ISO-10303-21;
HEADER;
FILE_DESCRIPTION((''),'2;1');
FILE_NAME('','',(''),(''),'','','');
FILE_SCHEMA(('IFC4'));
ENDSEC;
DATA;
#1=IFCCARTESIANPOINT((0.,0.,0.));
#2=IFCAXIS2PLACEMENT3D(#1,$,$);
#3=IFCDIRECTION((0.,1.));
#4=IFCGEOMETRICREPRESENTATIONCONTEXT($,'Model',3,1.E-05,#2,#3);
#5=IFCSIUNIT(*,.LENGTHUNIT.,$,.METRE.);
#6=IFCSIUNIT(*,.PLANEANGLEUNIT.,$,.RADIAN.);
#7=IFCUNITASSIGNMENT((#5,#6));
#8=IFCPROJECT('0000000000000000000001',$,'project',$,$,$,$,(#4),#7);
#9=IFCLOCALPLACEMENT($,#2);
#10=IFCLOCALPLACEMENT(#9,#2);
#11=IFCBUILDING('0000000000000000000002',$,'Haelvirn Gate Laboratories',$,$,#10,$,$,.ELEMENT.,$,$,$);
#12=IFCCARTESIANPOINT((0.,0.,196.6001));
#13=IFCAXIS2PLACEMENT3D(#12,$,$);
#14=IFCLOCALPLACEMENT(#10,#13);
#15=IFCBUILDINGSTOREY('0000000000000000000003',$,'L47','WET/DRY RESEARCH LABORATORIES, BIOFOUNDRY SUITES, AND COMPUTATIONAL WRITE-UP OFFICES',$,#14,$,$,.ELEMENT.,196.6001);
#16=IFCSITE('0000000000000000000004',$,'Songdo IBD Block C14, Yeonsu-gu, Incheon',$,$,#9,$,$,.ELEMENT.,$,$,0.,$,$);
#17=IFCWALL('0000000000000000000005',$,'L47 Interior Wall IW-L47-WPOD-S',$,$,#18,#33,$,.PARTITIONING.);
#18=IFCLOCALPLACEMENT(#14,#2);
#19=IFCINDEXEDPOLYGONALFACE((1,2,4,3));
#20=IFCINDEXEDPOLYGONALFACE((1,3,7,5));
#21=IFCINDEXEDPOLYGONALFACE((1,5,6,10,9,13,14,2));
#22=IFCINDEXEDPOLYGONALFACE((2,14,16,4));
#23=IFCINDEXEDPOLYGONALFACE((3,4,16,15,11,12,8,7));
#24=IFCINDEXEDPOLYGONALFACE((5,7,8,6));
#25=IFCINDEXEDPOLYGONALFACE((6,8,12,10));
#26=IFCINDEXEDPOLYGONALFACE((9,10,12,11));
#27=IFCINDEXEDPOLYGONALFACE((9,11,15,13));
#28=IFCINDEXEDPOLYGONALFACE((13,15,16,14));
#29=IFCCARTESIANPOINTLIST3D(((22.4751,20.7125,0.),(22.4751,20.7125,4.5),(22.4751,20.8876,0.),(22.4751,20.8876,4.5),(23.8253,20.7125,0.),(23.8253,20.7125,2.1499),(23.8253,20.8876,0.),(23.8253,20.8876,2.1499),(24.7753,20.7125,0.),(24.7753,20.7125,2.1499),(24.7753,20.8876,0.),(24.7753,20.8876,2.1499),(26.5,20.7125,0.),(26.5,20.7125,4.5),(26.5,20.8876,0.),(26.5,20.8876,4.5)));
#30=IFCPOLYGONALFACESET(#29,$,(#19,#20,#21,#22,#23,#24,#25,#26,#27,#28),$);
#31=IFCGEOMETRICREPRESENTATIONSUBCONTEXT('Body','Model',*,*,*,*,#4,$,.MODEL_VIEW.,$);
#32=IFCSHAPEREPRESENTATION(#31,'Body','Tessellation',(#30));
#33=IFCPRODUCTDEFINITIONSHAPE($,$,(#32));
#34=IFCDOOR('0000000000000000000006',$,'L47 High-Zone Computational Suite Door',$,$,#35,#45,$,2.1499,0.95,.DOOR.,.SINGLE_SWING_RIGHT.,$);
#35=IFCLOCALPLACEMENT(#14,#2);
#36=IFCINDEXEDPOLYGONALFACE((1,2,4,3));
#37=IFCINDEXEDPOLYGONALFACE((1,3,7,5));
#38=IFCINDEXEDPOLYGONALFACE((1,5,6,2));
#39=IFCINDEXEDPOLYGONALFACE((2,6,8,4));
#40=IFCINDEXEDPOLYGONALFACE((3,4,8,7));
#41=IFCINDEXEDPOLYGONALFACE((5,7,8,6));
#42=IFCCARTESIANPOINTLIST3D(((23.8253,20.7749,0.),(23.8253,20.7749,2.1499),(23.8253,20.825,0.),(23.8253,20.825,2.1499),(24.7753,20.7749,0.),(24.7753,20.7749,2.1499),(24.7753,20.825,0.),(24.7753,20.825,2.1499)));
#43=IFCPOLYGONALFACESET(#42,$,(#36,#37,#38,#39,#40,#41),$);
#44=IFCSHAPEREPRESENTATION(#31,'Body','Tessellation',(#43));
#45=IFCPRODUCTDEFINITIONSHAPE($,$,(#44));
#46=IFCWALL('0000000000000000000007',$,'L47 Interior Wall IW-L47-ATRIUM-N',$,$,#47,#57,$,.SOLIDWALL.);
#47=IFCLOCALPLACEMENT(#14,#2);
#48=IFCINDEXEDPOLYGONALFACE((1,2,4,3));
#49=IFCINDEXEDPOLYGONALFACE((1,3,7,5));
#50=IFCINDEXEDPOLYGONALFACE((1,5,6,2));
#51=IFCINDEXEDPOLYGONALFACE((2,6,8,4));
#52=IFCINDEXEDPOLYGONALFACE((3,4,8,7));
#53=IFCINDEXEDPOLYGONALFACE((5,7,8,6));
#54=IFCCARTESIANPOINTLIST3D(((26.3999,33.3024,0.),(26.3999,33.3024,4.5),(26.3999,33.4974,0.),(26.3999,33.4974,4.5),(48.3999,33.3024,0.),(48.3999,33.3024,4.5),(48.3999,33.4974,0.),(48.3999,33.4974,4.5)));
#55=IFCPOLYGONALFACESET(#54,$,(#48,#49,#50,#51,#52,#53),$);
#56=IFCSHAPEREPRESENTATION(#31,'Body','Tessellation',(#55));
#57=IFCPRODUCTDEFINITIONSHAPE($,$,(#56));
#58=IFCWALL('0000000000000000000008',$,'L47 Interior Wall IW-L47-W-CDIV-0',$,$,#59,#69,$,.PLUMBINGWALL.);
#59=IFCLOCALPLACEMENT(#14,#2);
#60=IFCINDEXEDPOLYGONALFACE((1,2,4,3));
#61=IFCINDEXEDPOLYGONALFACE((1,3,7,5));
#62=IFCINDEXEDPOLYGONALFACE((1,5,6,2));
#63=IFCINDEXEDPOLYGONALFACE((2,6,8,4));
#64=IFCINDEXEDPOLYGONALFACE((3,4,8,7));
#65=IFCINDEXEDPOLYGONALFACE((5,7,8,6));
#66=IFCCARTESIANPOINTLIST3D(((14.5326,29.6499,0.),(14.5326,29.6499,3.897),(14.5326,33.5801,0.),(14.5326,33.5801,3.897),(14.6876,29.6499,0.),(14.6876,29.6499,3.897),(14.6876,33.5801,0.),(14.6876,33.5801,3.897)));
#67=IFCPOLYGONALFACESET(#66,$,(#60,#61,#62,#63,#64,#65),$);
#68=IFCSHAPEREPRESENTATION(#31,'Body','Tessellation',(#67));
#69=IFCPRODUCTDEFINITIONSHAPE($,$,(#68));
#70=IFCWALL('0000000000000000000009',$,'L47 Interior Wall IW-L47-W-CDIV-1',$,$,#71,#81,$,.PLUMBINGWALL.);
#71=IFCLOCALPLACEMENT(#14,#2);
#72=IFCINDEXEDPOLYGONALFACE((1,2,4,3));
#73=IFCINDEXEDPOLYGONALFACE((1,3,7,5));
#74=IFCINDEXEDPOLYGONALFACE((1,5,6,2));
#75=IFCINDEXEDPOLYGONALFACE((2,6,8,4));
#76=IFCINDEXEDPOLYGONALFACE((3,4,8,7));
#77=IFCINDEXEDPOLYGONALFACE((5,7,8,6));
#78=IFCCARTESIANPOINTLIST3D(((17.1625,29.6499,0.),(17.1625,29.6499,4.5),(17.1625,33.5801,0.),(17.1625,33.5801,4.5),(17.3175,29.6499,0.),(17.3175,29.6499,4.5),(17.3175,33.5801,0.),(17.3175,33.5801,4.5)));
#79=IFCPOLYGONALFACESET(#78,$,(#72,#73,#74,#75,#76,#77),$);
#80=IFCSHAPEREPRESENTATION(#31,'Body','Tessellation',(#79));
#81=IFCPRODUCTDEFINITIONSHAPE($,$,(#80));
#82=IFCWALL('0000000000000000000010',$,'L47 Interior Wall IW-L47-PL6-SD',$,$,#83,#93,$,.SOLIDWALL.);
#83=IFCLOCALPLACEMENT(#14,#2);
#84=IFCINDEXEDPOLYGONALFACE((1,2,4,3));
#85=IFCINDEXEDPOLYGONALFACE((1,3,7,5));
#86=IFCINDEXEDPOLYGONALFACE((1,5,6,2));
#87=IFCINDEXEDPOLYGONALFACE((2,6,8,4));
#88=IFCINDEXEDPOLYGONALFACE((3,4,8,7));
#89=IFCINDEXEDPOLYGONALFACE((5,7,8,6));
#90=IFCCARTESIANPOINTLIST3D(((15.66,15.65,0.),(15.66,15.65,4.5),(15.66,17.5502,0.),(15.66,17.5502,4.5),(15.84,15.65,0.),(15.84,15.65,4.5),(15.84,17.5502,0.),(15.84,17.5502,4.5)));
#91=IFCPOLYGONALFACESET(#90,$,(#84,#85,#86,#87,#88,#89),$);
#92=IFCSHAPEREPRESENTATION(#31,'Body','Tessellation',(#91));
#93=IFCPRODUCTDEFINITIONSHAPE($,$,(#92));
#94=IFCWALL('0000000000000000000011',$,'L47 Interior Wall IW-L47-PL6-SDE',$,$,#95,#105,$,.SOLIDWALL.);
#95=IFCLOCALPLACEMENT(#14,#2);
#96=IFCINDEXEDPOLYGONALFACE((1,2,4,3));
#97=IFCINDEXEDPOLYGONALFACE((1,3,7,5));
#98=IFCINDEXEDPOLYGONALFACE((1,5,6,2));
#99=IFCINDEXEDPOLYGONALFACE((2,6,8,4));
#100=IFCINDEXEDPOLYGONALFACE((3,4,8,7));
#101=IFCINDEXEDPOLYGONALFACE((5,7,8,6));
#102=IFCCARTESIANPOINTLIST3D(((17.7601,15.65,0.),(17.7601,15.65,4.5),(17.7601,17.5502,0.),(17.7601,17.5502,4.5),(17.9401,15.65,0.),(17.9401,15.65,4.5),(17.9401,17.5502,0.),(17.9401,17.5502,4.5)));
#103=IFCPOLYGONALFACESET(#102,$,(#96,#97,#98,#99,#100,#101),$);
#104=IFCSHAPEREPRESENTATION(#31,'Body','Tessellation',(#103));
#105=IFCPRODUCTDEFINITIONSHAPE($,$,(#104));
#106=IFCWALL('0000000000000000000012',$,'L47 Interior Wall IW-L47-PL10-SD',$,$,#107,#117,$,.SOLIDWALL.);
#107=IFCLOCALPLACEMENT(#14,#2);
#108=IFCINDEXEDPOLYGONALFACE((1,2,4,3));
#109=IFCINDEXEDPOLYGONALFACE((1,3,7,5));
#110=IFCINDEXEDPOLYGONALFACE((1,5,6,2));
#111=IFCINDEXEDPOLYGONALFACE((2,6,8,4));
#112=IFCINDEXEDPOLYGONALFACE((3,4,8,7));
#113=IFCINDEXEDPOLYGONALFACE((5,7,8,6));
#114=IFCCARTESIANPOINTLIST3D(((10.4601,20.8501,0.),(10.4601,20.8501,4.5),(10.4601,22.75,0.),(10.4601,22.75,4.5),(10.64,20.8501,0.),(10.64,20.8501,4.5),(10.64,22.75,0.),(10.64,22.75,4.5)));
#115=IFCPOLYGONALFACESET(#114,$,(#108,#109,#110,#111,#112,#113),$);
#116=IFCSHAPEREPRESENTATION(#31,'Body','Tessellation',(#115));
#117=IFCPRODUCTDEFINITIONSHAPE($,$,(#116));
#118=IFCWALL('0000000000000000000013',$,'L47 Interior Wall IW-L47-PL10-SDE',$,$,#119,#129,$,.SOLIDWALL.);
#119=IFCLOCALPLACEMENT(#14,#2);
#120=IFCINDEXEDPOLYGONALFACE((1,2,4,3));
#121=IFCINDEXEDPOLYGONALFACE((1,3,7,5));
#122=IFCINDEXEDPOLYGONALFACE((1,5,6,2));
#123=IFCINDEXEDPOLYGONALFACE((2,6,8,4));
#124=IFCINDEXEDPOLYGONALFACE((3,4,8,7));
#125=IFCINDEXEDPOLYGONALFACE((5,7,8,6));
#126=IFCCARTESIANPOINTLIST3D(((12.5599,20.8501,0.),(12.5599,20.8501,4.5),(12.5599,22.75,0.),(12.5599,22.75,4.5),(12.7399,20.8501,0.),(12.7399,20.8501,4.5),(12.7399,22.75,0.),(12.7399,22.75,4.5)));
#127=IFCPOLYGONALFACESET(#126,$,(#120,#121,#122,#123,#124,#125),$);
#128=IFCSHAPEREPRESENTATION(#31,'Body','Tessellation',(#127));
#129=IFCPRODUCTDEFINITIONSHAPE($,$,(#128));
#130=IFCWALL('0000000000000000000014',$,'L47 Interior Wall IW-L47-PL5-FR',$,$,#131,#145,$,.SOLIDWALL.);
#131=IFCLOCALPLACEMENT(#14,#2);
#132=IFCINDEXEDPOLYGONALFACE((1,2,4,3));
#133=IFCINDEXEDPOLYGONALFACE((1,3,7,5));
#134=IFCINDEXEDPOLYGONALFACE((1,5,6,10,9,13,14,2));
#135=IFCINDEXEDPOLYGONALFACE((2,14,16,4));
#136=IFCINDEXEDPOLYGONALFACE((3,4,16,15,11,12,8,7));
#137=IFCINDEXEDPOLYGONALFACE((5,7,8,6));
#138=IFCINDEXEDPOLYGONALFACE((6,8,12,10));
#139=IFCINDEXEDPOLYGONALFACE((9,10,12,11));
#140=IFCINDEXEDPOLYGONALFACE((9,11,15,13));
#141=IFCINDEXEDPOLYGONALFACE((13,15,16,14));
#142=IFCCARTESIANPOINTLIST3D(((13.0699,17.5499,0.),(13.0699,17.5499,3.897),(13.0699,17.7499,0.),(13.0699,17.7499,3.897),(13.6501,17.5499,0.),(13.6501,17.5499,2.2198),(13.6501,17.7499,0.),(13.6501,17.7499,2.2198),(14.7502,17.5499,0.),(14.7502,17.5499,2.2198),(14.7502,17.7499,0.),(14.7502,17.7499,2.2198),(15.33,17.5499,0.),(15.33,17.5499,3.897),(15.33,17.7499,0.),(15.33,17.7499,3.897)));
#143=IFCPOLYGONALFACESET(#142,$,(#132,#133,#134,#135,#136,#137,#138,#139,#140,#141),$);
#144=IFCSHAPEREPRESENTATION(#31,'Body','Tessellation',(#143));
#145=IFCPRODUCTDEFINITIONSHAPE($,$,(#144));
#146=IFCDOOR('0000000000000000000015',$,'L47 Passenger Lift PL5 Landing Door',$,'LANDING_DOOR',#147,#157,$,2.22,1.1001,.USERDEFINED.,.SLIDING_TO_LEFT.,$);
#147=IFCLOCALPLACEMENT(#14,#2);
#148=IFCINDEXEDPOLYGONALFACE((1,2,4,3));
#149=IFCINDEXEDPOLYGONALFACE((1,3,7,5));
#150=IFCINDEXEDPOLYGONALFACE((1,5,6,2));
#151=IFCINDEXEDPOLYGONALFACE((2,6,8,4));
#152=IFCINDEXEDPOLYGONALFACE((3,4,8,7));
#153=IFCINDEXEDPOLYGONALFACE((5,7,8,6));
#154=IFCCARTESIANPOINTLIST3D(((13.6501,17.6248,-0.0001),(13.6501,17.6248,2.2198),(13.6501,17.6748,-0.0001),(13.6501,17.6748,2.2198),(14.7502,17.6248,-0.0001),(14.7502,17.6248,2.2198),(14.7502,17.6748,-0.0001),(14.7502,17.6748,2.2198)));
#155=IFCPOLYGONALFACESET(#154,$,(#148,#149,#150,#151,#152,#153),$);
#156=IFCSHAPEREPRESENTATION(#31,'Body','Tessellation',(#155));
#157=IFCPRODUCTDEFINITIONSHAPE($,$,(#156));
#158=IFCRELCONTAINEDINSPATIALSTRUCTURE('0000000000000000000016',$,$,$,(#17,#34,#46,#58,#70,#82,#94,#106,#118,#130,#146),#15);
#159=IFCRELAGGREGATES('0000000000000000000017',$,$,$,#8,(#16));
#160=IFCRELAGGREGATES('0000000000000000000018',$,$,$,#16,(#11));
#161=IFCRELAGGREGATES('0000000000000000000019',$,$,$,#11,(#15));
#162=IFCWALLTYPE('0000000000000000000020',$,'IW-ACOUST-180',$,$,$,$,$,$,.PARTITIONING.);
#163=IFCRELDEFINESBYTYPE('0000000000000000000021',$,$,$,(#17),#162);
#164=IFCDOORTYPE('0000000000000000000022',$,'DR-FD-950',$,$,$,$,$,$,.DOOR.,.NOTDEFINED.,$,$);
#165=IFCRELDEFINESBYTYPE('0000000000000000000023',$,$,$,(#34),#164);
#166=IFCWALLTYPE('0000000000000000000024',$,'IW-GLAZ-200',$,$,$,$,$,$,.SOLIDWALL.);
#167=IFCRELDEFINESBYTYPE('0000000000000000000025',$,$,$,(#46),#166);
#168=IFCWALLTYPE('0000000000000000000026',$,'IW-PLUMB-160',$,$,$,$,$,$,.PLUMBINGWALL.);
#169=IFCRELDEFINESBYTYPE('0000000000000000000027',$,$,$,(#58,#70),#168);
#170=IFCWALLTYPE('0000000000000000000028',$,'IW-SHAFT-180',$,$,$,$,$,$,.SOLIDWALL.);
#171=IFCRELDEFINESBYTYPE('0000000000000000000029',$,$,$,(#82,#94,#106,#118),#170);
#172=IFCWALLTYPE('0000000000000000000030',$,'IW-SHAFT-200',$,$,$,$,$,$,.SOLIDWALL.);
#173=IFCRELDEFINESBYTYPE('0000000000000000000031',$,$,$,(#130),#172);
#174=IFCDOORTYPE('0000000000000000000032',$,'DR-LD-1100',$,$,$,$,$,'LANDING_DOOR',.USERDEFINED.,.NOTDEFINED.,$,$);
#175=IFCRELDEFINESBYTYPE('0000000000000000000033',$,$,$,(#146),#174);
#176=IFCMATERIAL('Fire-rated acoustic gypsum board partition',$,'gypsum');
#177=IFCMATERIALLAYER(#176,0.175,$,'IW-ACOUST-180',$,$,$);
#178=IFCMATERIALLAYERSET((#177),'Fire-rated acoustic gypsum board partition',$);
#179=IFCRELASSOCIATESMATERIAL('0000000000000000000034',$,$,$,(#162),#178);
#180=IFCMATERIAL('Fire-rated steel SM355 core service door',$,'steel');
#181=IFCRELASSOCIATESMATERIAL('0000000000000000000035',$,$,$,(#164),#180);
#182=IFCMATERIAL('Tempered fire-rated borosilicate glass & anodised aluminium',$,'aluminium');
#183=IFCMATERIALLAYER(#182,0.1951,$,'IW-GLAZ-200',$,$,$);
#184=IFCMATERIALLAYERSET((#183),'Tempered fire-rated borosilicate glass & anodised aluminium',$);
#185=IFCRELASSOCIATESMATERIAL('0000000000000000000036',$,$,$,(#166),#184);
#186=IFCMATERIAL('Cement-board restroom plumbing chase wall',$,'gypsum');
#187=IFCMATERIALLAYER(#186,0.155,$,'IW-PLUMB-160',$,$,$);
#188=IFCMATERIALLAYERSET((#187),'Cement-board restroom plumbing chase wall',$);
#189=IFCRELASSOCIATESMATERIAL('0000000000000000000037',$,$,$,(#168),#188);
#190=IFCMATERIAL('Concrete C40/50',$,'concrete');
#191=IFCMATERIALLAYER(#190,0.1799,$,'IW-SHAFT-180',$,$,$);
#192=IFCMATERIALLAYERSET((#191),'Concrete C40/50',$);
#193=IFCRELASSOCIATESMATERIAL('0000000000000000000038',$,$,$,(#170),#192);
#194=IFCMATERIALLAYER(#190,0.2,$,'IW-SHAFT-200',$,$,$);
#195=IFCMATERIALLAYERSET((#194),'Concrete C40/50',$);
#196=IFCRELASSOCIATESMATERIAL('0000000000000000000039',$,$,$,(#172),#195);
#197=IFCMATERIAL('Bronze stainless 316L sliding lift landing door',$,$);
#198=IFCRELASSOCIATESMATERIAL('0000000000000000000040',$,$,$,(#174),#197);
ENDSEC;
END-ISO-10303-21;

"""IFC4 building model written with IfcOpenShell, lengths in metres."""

from ifc_helpers import new_model, si_unit, direction, frame, frame_2d, origin, place, context, subcontext, project, spatial, rectangle, extrude, source, transform, mapped, material, layer, layer_set, type_object, type_shapes, element, fill, save


model = new_model("IFC4")

# Units and contexts
model_context = context("Model", 3, precision=1e-05, world=origin(), true_north=direction((0.0, 1.0)))
body_context = subcontext(model_context, "Body", "Model", "MODEL_VIEW")
ifc_project = project(units=[si_unit("LENGTHUNIT", "METRE"), si_unit("PLANEANGLEUNIT", "RADIAN")], contexts=[model_context])

# Site, building, storey
site_placement = place(None, origin())
site = spatial("IfcSite", under=ifc_project, at=site_placement, Name="Songdo IBD Block C14, Yeonsu-gu, Incheon", CompositionType="ELEMENT", RefElevation=0.0)
building_placement = place(site_placement, origin())
building = spatial("IfcBuilding", under=site, at=building_placement, Name="Haelvirn Gate Laboratories", CompositionType="ELEMENT")
storey_placement = place(building_placement, frame((0.0, 0.0, 196.6001)))
storey = spatial("IfcBuildingStorey", under=building, at=storey_placement, Name="L47", Description="WET/DRY RESEARCH LABORATORIES, BIOFOUNDRY SUITES, AND COMPUTATIONAL WRITE-UP OFFICES", CompositionType="ELEMENT", Elevation=196.6001)

# Wall, opening, door
ifc_material_1 = material(Name="Fire-rated acoustic gypsum board partition", Category="gypsum")
ifc_layer_1 = layer(ifc_material_1, 0.175, Name="IW-ACOUST-180")
ifc_layer_set_1 = layer_set([ifc_layer_1], Name="Fire-rated acoustic gypsum board partition")
wall_type_1 = type_object("IfcWallType", Name="IW-ACOUST-180", PredefinedType="PARTITIONING", material=ifc_layer_set_1)
wall_1_placement = place(storey_placement, frame((22.4751, 20.8, 0.0), z_axis=(0.0, 0.0, 1.0), x_axis=(1.0, 0.0, 0.0)))
wall_1 = element("IfcWall", 1, at=wall_1_placement, inside=storey, type_object=wall_type_1, Name="L47 Interior Wall IW-L47-WPOD-S", PredefinedType="PARTITIONING", context=body_context, shape_type="SweptSolid", body=[
    extrude(rectangle(XDim=4.0249, YDim=0.175, at=frame_2d((2.0125, 0.0))), origin(), (0.0, 0.0, 1.0), 4.5),
])
opening_1_placement = place(wall_1_placement, frame((1.3501, 0.0, 0.0)))
opening_1 = element("IfcOpeningElement", 2, at=opening_1_placement, cuts=wall_1, PredefinedType="OPENING", context=body_context, shape_type="SweptSolid", body=[
    extrude(rectangle(XDim=0.95, YDim=2.1499, at=frame_2d((0.4751, 1.075))), frame((0.0, 0.0977, 0.0), z_axis=(0.0, -1.0, 0.0), x_axis=(1.0, 0.0, 0.0)), (0.0, 0.0, 1.0), 0.1951),
])
ifc_material_2 = material(Name="Fire-rated steel SM355 core service door", Category="steel")
door_type_1 = type_object("IfcDoorType", Name="DR-FD-950", OperationType="NOTDEFINED", PredefinedType="DOOR", material=ifc_material_2)
shared_shape_1 = source(origin(), body_context, "Body", "SweptSolid", [
    extrude(rectangle(XDim=0.95, YDim=2.1499, at=frame_2d((0.4751, 1.075))), frame((0.0, 0.0249, 0.0), z_axis=(0.0, -1.0, 0.0), x_axis=(1.0, 0.0, 0.0)), (0.0, 0.0, 1.0), 0.05),
])
type_shapes(door_type_1, [shared_shape_1])
door_1_placement = place(opening_1_placement, origin())
door_1 = element("IfcDoor", 3, at=door_1_placement, inside=storey, type_object=door_type_1, Name="L47 High-Zone Computational Suite Door", OperationType="SINGLE_SWING_RIGHT", OverallHeight=2.1499, OverallWidth=0.95, PredefinedType="DOOR", context=body_context, shape_type="MappedRepresentation", body=[
    mapped(shared_shape_1, transform((0.0, 0.0, 0.0), scale=1.0)),
])
fill(opening_1, door_1)

# Walls
ifc_material_3 = material(Name="Tempered fire-rated borosilicate glass & anodised aluminium", Category="aluminium")
ifc_layer_2 = layer(ifc_material_3, 0.1951, Name="IW-GLAZ-200")
ifc_layer_set_2 = layer_set([ifc_layer_2], Name="Tempered fire-rated borosilicate glass & anodised aluminium")
wall_type_2 = type_object("IfcWallType", Name="IW-GLAZ-200", PredefinedType="SOLIDWALL", material=ifc_layer_set_2)
wall_2_placement = place(storey_placement, frame((26.3999, 33.3999, 0.0), z_axis=(0.0, 0.0, 1.0), x_axis=(1.0, 0.0, 0.0)))
element("IfcWall", 4, at=wall_2_placement, inside=storey, type_object=wall_type_2, Name="L47 Interior Wall IW-L47-ATRIUM-N", PredefinedType="SOLIDWALL", context=body_context, shape_type="SweptSolid", body=[
    extrude(rectangle(XDim=22.0, YDim=0.1951, at=frame_2d((11.0, 0.0))), origin(), (0.0, 0.0, 1.0), 4.5),
])
ifc_material_4 = material(Name="Cement-board restroom plumbing chase wall", Category="gypsum")
ifc_layer_3 = layer(ifc_material_4, 0.155, Name="IW-PLUMB-160")
ifc_layer_set_3 = layer_set([ifc_layer_3], Name="Cement-board restroom plumbing chase wall")
wall_type_3 = type_object("IfcWallType", Name="IW-PLUMB-160", PredefinedType="PLUMBINGWALL", material=ifc_layer_set_3)
wall_3_placement = place(storey_placement, frame((14.6101, 29.6499, 0.0), z_axis=(0.0, 0.0, 1.0), x_axis=(0.0, 1.0, 0.0)))
element("IfcWall", 5, at=wall_3_placement, inside=storey, type_object=wall_type_3, Name="L47 Interior Wall IW-L47-W-CDIV-0", PredefinedType="PLUMBINGWALL", context=body_context, shape_type="SweptSolid", body=[
    extrude(rectangle(XDim=3.9302, YDim=0.155, at=frame_2d((1.9651, 0.0))), origin(), (0.0, 0.0, 1.0), 3.897),
])
wall_4_placement = place(storey_placement, frame((17.24, 29.6499, 0.0), z_axis=(0.0, 0.0, 1.0), x_axis=(0.0, 1.0, 0.0)))
element("IfcWall", 6, at=wall_4_placement, inside=storey, type_object=wall_type_3, Name="L47 Interior Wall IW-L47-W-CDIV-1", PredefinedType="PLUMBINGWALL", context=body_context, shape_type="SweptSolid", body=[
    extrude(rectangle(XDim=3.9302, YDim=0.155, at=frame_2d((1.9651, 0.0))), origin(), (0.0, 0.0, 1.0), 4.5),
])
ifc_material_5 = material(Name="Concrete C40/50", Category="concrete")
ifc_layer_4 = layer(ifc_material_5, 0.1799, Name="IW-SHAFT-180")
ifc_layer_set_4 = layer_set([ifc_layer_4], Name="Concrete C40/50")
wall_type_4 = type_object("IfcWallType", Name="IW-SHAFT-180", PredefinedType="SOLIDWALL", material=ifc_layer_set_4)
for number, where, z_axis, x_axis, name in (
    (7, (15.75, 15.6499, 0.0), (0.0, 0.0, 1.0), (0.0, 1.0, 0.0), "L47 Interior Wall IW-L47-PL6-SD"),
    (8, (17.8501, 15.6499, 0.0), (0.0, 0.0, 1.0), (0.0, 1.0, 0.0), "L47 Interior Wall IW-L47-PL6-SDE"),
):
    element("IfcWall", number, at=place(storey_placement, frame(where, z_axis=z_axis, x_axis=x_axis)), inside=storey, type_object=wall_type_4, Name=name, PredefinedType="SOLIDWALL", context=body_context, shape_type="SweptSolid", body=[
        extrude(rectangle(XDim=1.9001, YDim=0.1799, at=frame_2d((0.9502, 0.0))), origin(), (0.0, 0.0, 1.0), 4.5),
    ])
for number, where, z_axis, x_axis, name in (
    (9, (10.55, 20.8501, 0.0), (0.0, 0.0, 1.0), (0.0, 1.0, 0.0), "L47 Interior Wall IW-L47-PL10-SD"),
    (10, (12.6499, 20.8501, 0.0), (0.0, 0.0, 1.0), (0.0, 1.0, 0.0), "L47 Interior Wall IW-L47-PL10-SDE"),
):
    element("IfcWall", number, at=place(storey_placement, frame(where, z_axis=z_axis, x_axis=x_axis)), inside=storey, type_object=wall_type_4, Name=name, PredefinedType="SOLIDWALL", context=body_context, shape_type="SweptSolid", body=[
        extrude(rectangle(XDim=1.8999, YDim=0.1799, at=frame_2d((0.95, 0.0))), origin(), (0.0, 0.0, 1.0), 4.5),
    ])

# Wall, opening, door
ifc_layer_5 = layer(ifc_material_5, 0.2, Name="IW-SHAFT-200")
ifc_layer_set_5 = layer_set([ifc_layer_5], Name="Concrete C40/50")
wall_type_5 = type_object("IfcWallType", Name="IW-SHAFT-200", PredefinedType="SOLIDWALL", material=ifc_layer_set_5)
wall_5_placement = place(storey_placement, frame((13.0701, 17.6499, 0.0), z_axis=(0.0, 0.0, 1.0), x_axis=(1.0, 0.0, 0.0)))
wall_5 = element("IfcWall", 11, at=wall_5_placement, inside=storey, type_object=wall_type_5, Name="L47 Interior Wall IW-L47-PL5-FR", PredefinedType="SOLIDWALL", context=body_context, shape_type="SweptSolid", body=[
    extrude(rectangle(XDim=2.26, YDim=0.2, at=frame_2d((1.1299, 0.0))), origin(), (0.0, 0.0, 1.0), 3.897),
])
opening_2_placement = place(wall_5_placement, frame((0.5801, 0.0, 0.0)))
opening_2 = element("IfcOpeningElement", 12, at=opening_2_placement, cuts=wall_5, PredefinedType="OPENING", context=body_context, shape_type="SweptSolid", body=[
    extrude(rectangle(XDim=1.1001, YDim=2.22, at=frame_2d((0.55, 1.1099))), frame((0.0, 0.1099, 0.0), z_axis=(0.0, -1.0, 0.0), x_axis=(1.0, 0.0, 0.0)), (0.0, 0.0, 1.0), 0.22),
])
ifc_material_6 = material(Name="Bronze stainless 316L sliding lift landing door")
door_type_2 = type_object("IfcDoorType", Name="DR-LD-1100", ElementType="LANDING_DOOR", OperationType="NOTDEFINED", PredefinedType="USERDEFINED", material=ifc_material_6)
shared_shape_2 = source(origin(), body_context, "Body", "SweptSolid", [
    extrude(rectangle(XDim=1.1001, YDim=2.22, at=frame_2d((0.55, 1.1099))), frame((0.0, 0.0249, 0.0), z_axis=(0.0, -1.0, 0.0), x_axis=(1.0, 0.0, 0.0)), (0.0, 0.0, 1.0), 0.05),
])
type_shapes(door_type_2, [shared_shape_2])
door_2_placement = place(opening_2_placement, origin())
door_2 = element("IfcDoor", 13, at=door_2_placement, inside=storey, type_object=door_type_2, Name="L47 Passenger Lift PL5 Landing Door", ObjectType="LANDING_DOOR", OperationType="SLIDING_TO_LEFT", OverallHeight=2.22, OverallWidth=1.1001, PredefinedType="USERDEFINED", context=body_context, shape_type="MappedRepresentation", body=[
    mapped(shared_shape_2, transform((0.0, 0.0, 0.0), scale=1.0)),
])
fill(opening_2, door_2)

save(model, "model.ifc")
